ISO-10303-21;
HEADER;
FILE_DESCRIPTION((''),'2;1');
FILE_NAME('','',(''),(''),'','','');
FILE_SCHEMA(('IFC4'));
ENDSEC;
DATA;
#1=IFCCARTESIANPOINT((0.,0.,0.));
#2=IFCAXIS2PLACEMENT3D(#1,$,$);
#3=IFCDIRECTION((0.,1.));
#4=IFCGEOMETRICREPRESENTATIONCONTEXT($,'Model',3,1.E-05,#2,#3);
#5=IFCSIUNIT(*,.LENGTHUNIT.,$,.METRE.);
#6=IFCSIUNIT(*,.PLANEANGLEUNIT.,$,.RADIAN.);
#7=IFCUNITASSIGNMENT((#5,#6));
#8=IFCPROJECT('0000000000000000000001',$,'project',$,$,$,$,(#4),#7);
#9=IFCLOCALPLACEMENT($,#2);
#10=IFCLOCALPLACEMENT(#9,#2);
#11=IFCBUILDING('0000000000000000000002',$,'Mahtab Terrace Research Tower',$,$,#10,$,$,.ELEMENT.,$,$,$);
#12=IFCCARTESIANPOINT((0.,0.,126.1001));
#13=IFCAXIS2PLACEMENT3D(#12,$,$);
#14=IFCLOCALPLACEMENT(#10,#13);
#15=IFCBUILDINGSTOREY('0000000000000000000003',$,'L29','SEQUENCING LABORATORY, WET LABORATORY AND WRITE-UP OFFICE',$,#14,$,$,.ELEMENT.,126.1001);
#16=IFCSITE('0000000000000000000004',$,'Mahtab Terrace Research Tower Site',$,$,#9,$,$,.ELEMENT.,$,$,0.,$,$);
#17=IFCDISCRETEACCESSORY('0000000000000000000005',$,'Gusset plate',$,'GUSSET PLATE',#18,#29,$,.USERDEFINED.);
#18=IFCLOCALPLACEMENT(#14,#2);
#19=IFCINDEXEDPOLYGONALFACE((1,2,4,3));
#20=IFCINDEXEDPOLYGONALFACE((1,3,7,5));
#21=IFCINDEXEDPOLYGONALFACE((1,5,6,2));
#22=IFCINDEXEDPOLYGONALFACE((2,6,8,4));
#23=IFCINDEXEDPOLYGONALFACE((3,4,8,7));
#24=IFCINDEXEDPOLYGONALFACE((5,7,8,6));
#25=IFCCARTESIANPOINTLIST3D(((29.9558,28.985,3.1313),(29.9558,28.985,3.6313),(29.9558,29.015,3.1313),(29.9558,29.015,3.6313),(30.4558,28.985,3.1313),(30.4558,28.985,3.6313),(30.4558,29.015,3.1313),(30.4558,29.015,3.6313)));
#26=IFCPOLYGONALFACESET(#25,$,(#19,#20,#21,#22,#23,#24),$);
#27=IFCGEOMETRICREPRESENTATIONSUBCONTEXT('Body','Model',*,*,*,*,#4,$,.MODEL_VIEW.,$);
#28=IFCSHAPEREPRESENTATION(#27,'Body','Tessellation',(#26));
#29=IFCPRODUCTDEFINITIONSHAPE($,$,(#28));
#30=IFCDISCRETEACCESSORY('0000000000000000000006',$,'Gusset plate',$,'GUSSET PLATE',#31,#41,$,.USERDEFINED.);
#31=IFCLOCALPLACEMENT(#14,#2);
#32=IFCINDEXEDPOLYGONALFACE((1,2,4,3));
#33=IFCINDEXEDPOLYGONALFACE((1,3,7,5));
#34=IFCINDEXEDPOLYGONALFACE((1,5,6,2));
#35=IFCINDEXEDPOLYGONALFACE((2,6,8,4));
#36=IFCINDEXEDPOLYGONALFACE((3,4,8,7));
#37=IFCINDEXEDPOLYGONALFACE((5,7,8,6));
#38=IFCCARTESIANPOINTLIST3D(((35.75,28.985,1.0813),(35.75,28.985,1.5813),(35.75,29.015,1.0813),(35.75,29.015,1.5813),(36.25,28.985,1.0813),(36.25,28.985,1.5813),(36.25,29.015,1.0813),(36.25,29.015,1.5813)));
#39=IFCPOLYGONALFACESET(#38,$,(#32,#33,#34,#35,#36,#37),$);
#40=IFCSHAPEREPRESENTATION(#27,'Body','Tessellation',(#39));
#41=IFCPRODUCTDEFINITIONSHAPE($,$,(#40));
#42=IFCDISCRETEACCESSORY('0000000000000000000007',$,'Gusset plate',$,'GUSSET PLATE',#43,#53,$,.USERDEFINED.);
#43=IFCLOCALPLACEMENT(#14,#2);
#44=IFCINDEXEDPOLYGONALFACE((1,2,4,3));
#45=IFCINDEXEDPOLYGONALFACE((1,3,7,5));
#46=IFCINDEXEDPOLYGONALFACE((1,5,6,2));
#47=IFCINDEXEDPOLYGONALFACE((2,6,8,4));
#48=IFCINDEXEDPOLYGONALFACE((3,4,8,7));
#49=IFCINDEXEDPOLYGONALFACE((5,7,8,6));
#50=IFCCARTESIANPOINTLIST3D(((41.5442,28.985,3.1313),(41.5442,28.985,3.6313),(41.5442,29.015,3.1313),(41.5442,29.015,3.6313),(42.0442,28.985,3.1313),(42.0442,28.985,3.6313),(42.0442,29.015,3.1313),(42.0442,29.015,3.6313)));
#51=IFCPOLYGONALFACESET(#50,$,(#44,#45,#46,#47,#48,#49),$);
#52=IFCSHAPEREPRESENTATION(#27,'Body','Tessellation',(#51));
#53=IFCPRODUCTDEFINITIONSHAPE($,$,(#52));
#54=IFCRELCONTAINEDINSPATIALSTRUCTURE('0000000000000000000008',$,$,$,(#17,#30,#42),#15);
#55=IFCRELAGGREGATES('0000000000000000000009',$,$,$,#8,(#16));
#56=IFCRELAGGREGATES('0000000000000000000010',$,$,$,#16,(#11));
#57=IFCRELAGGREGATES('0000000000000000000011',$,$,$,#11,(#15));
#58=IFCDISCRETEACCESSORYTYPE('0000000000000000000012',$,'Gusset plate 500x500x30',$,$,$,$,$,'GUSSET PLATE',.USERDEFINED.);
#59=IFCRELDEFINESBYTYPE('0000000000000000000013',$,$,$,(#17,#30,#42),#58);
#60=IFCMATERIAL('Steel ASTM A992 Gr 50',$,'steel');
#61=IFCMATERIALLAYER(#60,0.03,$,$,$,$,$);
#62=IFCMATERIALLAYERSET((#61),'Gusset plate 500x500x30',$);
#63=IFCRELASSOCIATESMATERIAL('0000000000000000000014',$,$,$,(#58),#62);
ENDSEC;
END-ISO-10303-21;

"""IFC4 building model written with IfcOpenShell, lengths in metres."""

from ifc_helpers import new_model, si_unit, direction, frame, origin, origin_2d, place, context, subcontext, project, spatial, rectangle, extrude, material, layer, layer_set, type_object, element, save


model = new_model("IFC4")

# Units and contexts
model_context = context("Model", 3, precision=1e-05, world=origin(), true_north=direction((0.0, 1.0)))
body_context = subcontext(model_context, "Body", "Model", "MODEL_VIEW")
ifc_project = project(units=[si_unit("LENGTHUNIT", "METRE"), si_unit("PLANEANGLEUNIT", "RADIAN")], contexts=[model_context])

# Site, building, storey
site_placement = place(None, origin())
site = spatial("IfcSite", under=ifc_project, at=site_placement, Name="Mahtab Terrace Research Tower Site", CompositionType="ELEMENT", RefElevation=0.0)
building_placement = place(site_placement, origin())
building = spatial("IfcBuilding", under=site, at=building_placement, Name="Mahtab Terrace Research Tower", CompositionType="ELEMENT")
storey_placement = place(building_placement, frame((0.0, 0.0, 126.1001)))
storey = spatial("IfcBuildingStorey", under=building, at=storey_placement, Name="L29", Description="SEQUENCING LABORATORY, WET LABORATORY AND WRITE-UP OFFICE", CompositionType="ELEMENT", Elevation=126.1001)

# Shared definitions
ifc_material_1 = material(Name="Steel ASTM A992 Gr 50", Category="steel")

# Discrete accessories
ifc_layer_1 = layer(ifc_material_1, 0.03)
ifc_layer_set_1 = layer_set([ifc_layer_1], Name="Gusset plate 500x500x30")
discrete_accessory_type = type_object("IfcDiscreteAccessoryType", Name="Gusset plate 500x500x30", ElementType="GUSSET PLATE", PredefinedType="USERDEFINED", material=ifc_layer_set_1)
for number, where, z_axis, x_axis, name in (
    (1, (30.2058, 29.0, 3.1313), (0.0, 0.0, 1.0), (1.0, 0.0, 0.0), "Gusset plate"),
    (2, (36.0, 29.0, 1.0813), (0.0, 0.0, 1.0), (1.0, 0.0, 0.0), "Gusset plate"),
    (3, (41.7942, 29.0, 3.1313), (0.0, 0.0, 1.0), (1.0, 0.0, 0.0), "Gusset plate"),
):
    element("IfcDiscreteAccessory", number, at=place(storey_placement, frame(where, z_axis=z_axis, x_axis=x_axis)), inside=storey, type_object=discrete_accessory_type, Name=name, ObjectType="GUSSET PLATE", PredefinedType="USERDEFINED", context=body_context, shape_type="SweptSolid", body=[
        extrude(rectangle(XDim=0.5, YDim=0.03, at=origin_2d()), origin(), (0.0, 0.0, 1.0), 0.5),
    ])

save(model, "model.ifc")
